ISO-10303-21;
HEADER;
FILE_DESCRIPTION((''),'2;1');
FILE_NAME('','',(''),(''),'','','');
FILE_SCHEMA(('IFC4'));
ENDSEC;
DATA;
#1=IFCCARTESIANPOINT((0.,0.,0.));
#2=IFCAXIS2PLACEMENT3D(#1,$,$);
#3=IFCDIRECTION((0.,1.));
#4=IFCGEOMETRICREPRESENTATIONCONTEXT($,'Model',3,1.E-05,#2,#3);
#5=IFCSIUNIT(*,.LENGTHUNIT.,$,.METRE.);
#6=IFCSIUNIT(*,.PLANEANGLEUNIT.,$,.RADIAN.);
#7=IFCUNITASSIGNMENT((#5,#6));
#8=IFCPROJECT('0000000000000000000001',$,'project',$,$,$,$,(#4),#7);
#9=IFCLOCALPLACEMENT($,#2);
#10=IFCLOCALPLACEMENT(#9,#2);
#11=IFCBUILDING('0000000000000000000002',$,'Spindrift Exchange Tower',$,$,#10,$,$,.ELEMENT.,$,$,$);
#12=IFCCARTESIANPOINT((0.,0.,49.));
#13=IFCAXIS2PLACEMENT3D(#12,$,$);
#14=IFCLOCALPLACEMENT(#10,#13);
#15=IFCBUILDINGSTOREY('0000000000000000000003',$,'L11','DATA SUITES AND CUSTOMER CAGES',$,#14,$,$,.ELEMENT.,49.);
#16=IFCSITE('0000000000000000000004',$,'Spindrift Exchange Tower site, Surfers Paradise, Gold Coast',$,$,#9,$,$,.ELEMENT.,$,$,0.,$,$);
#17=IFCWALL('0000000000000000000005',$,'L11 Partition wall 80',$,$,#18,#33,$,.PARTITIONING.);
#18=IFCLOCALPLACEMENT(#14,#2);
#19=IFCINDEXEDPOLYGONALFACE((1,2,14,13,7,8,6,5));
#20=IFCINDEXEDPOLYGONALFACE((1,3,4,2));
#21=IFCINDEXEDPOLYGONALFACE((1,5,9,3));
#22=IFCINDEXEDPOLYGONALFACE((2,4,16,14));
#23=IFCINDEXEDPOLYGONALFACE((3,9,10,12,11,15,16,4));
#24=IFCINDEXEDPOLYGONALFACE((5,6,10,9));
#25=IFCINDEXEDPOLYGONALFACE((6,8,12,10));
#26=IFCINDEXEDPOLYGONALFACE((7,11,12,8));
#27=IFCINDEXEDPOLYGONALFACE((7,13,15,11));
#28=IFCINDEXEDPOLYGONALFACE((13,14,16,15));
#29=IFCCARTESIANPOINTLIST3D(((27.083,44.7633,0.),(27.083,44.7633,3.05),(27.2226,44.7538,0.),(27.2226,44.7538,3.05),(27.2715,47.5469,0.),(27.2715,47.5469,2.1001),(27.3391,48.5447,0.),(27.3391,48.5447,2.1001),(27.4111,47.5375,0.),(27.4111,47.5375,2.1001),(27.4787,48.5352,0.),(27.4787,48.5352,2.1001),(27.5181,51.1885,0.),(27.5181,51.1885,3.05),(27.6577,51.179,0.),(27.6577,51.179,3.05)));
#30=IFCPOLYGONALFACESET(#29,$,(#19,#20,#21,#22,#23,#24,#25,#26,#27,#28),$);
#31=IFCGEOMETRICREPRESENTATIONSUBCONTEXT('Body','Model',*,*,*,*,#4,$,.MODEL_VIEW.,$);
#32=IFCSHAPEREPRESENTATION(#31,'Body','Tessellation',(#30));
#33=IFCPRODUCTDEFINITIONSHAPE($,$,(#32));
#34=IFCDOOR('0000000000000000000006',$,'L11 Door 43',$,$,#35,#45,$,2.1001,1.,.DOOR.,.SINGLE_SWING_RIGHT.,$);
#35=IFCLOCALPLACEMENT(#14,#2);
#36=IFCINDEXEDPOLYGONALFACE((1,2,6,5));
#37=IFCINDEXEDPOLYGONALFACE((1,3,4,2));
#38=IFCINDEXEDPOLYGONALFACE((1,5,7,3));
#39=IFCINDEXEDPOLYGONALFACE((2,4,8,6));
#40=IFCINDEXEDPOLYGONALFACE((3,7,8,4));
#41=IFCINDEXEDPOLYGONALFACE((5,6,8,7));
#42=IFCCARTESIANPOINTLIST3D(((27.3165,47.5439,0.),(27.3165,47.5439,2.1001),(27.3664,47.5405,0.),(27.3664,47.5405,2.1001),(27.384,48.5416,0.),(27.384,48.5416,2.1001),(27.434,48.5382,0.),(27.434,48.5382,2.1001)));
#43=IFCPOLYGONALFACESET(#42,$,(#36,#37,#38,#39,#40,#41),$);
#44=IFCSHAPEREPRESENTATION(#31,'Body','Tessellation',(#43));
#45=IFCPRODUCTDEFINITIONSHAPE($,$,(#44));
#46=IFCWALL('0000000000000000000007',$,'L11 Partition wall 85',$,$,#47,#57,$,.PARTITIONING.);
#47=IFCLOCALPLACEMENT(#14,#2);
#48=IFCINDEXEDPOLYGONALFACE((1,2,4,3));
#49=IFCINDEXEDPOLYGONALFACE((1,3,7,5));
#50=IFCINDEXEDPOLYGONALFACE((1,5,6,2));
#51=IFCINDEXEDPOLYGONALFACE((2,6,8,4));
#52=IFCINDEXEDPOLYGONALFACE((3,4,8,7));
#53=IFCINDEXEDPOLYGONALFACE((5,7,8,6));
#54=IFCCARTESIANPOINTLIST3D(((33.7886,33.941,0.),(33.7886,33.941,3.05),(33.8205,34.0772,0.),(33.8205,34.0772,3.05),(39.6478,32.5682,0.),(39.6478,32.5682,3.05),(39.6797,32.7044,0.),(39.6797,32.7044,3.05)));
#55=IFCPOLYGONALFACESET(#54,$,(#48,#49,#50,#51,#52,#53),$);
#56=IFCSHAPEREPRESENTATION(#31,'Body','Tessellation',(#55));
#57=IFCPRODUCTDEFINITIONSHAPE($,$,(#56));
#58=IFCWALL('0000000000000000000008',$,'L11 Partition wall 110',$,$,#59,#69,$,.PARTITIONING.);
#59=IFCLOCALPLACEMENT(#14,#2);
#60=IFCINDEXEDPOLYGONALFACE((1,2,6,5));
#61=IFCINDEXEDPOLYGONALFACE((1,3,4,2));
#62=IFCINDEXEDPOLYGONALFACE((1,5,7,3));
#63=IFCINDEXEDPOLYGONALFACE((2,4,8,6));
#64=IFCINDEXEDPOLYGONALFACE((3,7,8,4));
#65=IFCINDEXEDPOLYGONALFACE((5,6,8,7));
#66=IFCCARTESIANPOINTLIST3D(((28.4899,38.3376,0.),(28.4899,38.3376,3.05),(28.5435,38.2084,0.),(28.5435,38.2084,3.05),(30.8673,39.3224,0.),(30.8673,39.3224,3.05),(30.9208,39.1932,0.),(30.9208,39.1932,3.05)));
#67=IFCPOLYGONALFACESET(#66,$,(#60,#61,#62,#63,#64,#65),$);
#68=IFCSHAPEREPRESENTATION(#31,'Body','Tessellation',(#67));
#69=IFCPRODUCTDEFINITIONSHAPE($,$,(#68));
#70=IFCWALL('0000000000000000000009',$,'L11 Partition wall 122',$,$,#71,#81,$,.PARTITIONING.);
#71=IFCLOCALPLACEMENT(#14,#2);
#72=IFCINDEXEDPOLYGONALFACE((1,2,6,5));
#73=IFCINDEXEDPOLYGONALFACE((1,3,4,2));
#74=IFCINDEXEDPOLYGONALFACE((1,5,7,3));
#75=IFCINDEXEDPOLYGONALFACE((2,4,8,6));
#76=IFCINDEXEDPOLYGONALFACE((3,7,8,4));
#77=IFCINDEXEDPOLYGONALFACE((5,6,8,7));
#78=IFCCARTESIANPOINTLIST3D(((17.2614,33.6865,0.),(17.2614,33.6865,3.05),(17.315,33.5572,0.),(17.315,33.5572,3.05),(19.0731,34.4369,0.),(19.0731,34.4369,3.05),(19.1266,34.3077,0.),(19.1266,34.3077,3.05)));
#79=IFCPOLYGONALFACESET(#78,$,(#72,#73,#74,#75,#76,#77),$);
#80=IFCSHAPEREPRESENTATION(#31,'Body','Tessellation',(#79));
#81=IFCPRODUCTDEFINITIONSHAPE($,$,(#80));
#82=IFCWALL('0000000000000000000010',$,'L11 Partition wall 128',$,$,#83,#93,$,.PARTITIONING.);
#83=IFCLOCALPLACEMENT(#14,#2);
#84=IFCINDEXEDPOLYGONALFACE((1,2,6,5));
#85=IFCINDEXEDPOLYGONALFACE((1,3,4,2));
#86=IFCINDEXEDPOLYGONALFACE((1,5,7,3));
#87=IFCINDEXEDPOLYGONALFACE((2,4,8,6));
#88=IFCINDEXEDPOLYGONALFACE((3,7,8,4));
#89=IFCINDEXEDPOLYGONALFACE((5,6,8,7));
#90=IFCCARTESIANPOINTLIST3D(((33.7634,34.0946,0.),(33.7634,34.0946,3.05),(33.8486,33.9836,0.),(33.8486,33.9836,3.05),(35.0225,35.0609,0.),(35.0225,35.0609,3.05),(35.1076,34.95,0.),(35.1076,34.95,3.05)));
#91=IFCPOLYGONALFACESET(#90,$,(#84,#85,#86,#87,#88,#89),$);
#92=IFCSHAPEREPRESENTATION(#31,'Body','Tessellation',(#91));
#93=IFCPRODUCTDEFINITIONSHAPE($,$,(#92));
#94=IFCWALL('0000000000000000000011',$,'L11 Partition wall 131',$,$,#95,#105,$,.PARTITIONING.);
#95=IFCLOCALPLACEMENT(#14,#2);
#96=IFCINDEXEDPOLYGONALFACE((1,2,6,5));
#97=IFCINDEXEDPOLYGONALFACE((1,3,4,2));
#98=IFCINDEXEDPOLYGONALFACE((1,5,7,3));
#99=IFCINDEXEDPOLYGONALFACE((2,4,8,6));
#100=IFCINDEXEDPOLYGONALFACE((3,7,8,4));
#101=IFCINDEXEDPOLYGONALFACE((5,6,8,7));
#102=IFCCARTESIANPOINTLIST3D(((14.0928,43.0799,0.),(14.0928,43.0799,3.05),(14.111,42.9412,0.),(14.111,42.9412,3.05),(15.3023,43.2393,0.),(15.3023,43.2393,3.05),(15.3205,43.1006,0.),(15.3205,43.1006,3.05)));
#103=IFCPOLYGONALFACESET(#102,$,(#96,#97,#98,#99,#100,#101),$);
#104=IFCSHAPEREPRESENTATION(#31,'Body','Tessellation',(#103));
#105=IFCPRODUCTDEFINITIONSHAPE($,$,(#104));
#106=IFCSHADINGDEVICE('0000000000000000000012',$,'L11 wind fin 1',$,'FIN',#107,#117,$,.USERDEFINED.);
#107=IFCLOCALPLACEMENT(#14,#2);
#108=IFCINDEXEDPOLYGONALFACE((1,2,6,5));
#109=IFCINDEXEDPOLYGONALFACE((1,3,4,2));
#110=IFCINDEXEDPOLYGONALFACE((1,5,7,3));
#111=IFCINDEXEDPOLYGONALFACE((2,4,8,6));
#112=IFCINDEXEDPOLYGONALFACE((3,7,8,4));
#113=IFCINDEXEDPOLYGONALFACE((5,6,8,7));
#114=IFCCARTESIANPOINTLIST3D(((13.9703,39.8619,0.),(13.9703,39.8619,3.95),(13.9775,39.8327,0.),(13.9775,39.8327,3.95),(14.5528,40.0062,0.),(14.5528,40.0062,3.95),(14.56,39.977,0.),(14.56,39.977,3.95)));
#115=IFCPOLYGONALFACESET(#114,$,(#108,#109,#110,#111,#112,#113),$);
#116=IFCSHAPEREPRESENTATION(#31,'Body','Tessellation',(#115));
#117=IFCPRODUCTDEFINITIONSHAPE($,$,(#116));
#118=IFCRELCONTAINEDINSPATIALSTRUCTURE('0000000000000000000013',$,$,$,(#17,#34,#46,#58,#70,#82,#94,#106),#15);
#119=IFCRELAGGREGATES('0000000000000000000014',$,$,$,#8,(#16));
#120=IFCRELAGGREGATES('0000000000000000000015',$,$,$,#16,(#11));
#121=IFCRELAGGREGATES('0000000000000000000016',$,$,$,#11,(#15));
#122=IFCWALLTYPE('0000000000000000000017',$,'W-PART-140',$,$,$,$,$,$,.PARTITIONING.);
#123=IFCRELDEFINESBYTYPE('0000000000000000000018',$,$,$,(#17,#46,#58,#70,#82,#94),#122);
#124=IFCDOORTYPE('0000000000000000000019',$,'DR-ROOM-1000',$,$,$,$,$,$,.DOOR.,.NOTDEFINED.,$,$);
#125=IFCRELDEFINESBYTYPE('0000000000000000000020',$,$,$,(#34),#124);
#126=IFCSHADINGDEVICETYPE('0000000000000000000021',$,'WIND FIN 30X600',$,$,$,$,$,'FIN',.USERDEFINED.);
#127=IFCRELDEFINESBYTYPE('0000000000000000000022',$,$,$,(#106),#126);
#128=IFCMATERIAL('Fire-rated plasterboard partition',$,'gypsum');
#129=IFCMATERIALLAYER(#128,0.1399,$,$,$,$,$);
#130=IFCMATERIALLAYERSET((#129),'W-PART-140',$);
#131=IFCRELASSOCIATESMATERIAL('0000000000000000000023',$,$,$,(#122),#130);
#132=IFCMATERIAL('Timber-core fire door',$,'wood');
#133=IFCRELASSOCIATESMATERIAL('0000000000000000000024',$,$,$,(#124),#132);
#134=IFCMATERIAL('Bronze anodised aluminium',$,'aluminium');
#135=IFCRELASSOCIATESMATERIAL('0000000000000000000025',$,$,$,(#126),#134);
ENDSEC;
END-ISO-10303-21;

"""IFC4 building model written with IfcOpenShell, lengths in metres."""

from ifc_helpers import new_model, si_unit, direction, frame, frame_2d, origin, origin_2d, place, context, subcontext, project, spatial, rectangle, extrude, source, transform, mapped, material, layer, layer_set, material_profile, profile_set, type_object, element, fill, save


model = new_model("IFC4")

# Units and contexts
model_context = context("Model", 3, precision=1e-05, world=origin(), true_north=direction((0.0, 1.0)))
body_context = subcontext(model_context, "Body", "Model", "MODEL_VIEW")
ifc_project = project(units=[si_unit("LENGTHUNIT", "METRE"), si_unit("PLANEANGLEUNIT", "RADIAN")], contexts=[model_context])

# Site, building, storey
site_placement = place(None, origin())
site = spatial("IfcSite", under=ifc_project, at=site_placement, Name="Spindrift Exchange Tower site, Surfers Paradise, Gold Coast", CompositionType="ELEMENT", RefElevation=0.0)
building_placement = place(site_placement, origin())
building = spatial("IfcBuilding", under=site, at=building_placement, Name="Spindrift Exchange Tower", CompositionType="ELEMENT")
storey_placement = place(building_placement, frame((0.0, 0.0, 49.0)))
storey = spatial("IfcBuildingStorey", under=building, at=storey_placement, Name="L11", Description="DATA SUITES AND CUSTOMER CAGES", CompositionType="ELEMENT", Elevation=49.0)

# Shared definitions
ifc_material_1 = material(Name="Bronze anodised aluminium", Category="aluminium")

# Shared definitions
ifc_material_2 = material(Name="Fire-rated plasterboard partition", Category="gypsum")
ifc_layer_1 = layer(ifc_material_2, 0.1399)
ifc_layer_set_1 = layer_set([ifc_layer_1], Name="W-PART-140")
wall_type = type_object("IfcWallType", Name="W-PART-140", PredefinedType="PARTITIONING", material=ifc_layer_set_1)

# Shared definitions
ifc_material_3 = material(Name="Timber-core fire door", Category="wood")
door_type = type_object("IfcDoorType", Name="DR-ROOM-1000", OperationType="NOTDEFINED", PredefinedType="DOOR", material=ifc_material_3)
shared_shape_1 = source(origin(), body_context, "Body", "SweptSolid", [
    extrude(rectangle(XDim=1.0, YDim=2.1001, at=frame_2d((0.5, 1.05))), frame((0.0, 0.0249, 0.0), z_axis=(0.0, -1.0, 0.0), x_axis=(1.0, 0.0, 0.0)), (0.0, 0.0, 1.0), 0.05),
])

# Wall, opening, door
wall_1_placement = place(storey_placement, frame((27.1528, 44.7585, 0.0), z_axis=(0.0, 0.0, 1.0), x_axis=(0.067556, 0.997716, 0.0)))
wall_1 = element("IfcWall", 1, at=wall_1_placement, inside=storey, type_object=wall_type, Name="L11 Partition wall 80", PredefinedType="PARTITIONING", context=body_context, shape_type="SweptSolid", body=[
    extrude(rectangle(XDim=6.4399, YDim=0.1399, at=frame_2d((3.22, 0.0))), origin(), (0.0, 0.0, 1.0), 3.05),
])
opening_1_placement = place(wall_1_placement, frame((2.79, 0.0, 0.0)))
opening_1 = element("IfcOpeningElement", 2, at=opening_1_placement, cuts=wall_1, PredefinedType="OPENING", context=body_context, shape_type="SweptSolid", body=[
    extrude(rectangle(XDim=1.0, YDim=2.1001, at=frame_2d((0.5, 1.05))), frame((0.0, 0.0798, 0.0), z_axis=(0.0, -1.0, 0.0), x_axis=(1.0, 0.0, 0.0)), (0.0, 0.0, 1.0), 0.1599),
])
door_1_placement = place(opening_1_placement, origin())
door_1 = element("IfcDoor", 3, at=door_1_placement, inside=storey, type_object=door_type, Name="L11 Door 43", OperationType="SINGLE_SWING_RIGHT", OverallHeight=2.1001, OverallWidth=1.0, PredefinedType="DOOR", context=body_context, shape_type="MappedRepresentation", body=[
    mapped(shared_shape_1, transform((0.0, 0.0, 0.0), scale=1.0)),
])
fill(opening_1, door_1)

# Walls
wall_2_placement = place(storey_placement, frame((33.8047, 34.009, 0.0), z_axis=(0.0, 0.0, 1.0), x_axis=(0.973632, -0.228123, 0.0)))
element("IfcWall", 4, at=wall_2_placement, inside=storey, type_object=wall_type, Name="L11 Partition wall 85", PredefinedType="PARTITIONING", context=body_context, shape_type="SweptSolid", body=[
    extrude(rectangle(XDim=6.0178, YDim=0.1399, at=frame_2d((3.0088, 0.0))), origin(), (0.0, 0.0, 1.0), 3.05),
])
wall_3_placement = place(storey_placement, frame((30.894, 39.2578, 0.0), z_axis=(0.0, 0.0, 1.0), x_axis=(-0.923867, -0.382715, 0.0)))
element("IfcWall", 5, at=wall_3_placement, inside=storey, type_object=wall_type, Name="L11 Partition wall 110", PredefinedType="PARTITIONING", context=body_context, shape_type="SweptSolid", body=[
    extrude(rectangle(XDim=2.5732, YDim=0.1399, at=frame_2d((1.2866, 0.0))), origin(), (0.0, 0.0, 1.0), 3.05),
])
wall_4_placement = place(storey_placement, frame((19.0999, 34.3723, 0.0), z_axis=(0.0, 0.0, 1.0), x_axis=(-0.923874, -0.382696, 0.0)))
element("IfcWall", 6, at=wall_4_placement, inside=storey, type_object=wall_type, Name="L11 Partition wall 122", PredefinedType="PARTITIONING", context=body_context, shape_type="SweptSolid", body=[
    extrude(rectangle(XDim=1.9609, YDim=0.1399, at=frame_2d((0.9805, 0.0))), origin(), (0.0, 0.0, 1.0), 3.05),
])
wall_5_placement = place(storey_placement, frame((35.0649, 35.0054, 0.0), z_axis=(0.0, 0.0, 1.0), x_axis=(-0.793287, -0.608848, 0.0)))
element("IfcWall", 7, at=wall_5_placement, inside=storey, type_object=wall_type, Name="L11 Partition wall 128", PredefinedType="PARTITIONING", context=body_context, shape_type="SweptSolid", body=[
    extrude(rectangle(XDim=1.5872, YDim=0.1399, at=frame_2d((0.7935, 0.0))), origin(), (0.0, 0.0, 1.0), 3.05),
])
wall_6_placement = place(storey_placement, frame((15.3113, 43.1699, 0.0), z_axis=(0.0, 0.0, 1.0), x_axis=(-0.991424, -0.130682, 0.0)))
element("IfcWall", 8, at=wall_6_placement, inside=storey, type_object=wall_type, Name="L11 Partition wall 131", PredefinedType="PARTITIONING", context=body_context, shape_type="SweptSolid", body=[
    extrude(rectangle(XDim=1.22, YDim=0.1399, at=frame_2d((0.6099, 0.0))), origin(), (0.0, 0.0, 1.0), 3.05),
])

# Shading device
ifc_material_profile_1 = material_profile(ifc_material_1, rectangle(XDim=0.03, YDim=0.6001, at=origin_2d()), Name="WIND FIN 30X600")
ifc_profile_set_1 = profile_set([ifc_material_profile_1], Name="Bronze anodised aluminium")
shading_device_type = type_object("IfcShadingDeviceType", Name="WIND FIN 30X600", ElementType="FIN", PredefinedType="USERDEFINED", material=ifc_profile_set_1)
shared_shape_2 = source(origin(), body_context, "Body", "SweptSolid", [
    extrude(rectangle(XDim=0.03, YDim=0.6001, at=origin_2d()), origin(), (0.0, 0.0, 1.0), 3.95),
])
shading_device_placement = place(storey_placement, frame((14.2651, 39.9194, 0.0), z_axis=(0.0, 0.0, 1.0), x_axis=(0.240475, -0.970655, 0.0)))
element("IfcShadingDevice", 9, at=shading_device_placement, inside=storey, type_object=shading_device_type, Name="L11 wind fin 1", ObjectType="FIN", PredefinedType="USERDEFINED", context=body_context, shape_type="MappedRepresentation", body=[
    mapped(shared_shape_2, transform((0.0, 0.0, 0.0), scale=1.0)),
])

save(model, "model.ifc")
